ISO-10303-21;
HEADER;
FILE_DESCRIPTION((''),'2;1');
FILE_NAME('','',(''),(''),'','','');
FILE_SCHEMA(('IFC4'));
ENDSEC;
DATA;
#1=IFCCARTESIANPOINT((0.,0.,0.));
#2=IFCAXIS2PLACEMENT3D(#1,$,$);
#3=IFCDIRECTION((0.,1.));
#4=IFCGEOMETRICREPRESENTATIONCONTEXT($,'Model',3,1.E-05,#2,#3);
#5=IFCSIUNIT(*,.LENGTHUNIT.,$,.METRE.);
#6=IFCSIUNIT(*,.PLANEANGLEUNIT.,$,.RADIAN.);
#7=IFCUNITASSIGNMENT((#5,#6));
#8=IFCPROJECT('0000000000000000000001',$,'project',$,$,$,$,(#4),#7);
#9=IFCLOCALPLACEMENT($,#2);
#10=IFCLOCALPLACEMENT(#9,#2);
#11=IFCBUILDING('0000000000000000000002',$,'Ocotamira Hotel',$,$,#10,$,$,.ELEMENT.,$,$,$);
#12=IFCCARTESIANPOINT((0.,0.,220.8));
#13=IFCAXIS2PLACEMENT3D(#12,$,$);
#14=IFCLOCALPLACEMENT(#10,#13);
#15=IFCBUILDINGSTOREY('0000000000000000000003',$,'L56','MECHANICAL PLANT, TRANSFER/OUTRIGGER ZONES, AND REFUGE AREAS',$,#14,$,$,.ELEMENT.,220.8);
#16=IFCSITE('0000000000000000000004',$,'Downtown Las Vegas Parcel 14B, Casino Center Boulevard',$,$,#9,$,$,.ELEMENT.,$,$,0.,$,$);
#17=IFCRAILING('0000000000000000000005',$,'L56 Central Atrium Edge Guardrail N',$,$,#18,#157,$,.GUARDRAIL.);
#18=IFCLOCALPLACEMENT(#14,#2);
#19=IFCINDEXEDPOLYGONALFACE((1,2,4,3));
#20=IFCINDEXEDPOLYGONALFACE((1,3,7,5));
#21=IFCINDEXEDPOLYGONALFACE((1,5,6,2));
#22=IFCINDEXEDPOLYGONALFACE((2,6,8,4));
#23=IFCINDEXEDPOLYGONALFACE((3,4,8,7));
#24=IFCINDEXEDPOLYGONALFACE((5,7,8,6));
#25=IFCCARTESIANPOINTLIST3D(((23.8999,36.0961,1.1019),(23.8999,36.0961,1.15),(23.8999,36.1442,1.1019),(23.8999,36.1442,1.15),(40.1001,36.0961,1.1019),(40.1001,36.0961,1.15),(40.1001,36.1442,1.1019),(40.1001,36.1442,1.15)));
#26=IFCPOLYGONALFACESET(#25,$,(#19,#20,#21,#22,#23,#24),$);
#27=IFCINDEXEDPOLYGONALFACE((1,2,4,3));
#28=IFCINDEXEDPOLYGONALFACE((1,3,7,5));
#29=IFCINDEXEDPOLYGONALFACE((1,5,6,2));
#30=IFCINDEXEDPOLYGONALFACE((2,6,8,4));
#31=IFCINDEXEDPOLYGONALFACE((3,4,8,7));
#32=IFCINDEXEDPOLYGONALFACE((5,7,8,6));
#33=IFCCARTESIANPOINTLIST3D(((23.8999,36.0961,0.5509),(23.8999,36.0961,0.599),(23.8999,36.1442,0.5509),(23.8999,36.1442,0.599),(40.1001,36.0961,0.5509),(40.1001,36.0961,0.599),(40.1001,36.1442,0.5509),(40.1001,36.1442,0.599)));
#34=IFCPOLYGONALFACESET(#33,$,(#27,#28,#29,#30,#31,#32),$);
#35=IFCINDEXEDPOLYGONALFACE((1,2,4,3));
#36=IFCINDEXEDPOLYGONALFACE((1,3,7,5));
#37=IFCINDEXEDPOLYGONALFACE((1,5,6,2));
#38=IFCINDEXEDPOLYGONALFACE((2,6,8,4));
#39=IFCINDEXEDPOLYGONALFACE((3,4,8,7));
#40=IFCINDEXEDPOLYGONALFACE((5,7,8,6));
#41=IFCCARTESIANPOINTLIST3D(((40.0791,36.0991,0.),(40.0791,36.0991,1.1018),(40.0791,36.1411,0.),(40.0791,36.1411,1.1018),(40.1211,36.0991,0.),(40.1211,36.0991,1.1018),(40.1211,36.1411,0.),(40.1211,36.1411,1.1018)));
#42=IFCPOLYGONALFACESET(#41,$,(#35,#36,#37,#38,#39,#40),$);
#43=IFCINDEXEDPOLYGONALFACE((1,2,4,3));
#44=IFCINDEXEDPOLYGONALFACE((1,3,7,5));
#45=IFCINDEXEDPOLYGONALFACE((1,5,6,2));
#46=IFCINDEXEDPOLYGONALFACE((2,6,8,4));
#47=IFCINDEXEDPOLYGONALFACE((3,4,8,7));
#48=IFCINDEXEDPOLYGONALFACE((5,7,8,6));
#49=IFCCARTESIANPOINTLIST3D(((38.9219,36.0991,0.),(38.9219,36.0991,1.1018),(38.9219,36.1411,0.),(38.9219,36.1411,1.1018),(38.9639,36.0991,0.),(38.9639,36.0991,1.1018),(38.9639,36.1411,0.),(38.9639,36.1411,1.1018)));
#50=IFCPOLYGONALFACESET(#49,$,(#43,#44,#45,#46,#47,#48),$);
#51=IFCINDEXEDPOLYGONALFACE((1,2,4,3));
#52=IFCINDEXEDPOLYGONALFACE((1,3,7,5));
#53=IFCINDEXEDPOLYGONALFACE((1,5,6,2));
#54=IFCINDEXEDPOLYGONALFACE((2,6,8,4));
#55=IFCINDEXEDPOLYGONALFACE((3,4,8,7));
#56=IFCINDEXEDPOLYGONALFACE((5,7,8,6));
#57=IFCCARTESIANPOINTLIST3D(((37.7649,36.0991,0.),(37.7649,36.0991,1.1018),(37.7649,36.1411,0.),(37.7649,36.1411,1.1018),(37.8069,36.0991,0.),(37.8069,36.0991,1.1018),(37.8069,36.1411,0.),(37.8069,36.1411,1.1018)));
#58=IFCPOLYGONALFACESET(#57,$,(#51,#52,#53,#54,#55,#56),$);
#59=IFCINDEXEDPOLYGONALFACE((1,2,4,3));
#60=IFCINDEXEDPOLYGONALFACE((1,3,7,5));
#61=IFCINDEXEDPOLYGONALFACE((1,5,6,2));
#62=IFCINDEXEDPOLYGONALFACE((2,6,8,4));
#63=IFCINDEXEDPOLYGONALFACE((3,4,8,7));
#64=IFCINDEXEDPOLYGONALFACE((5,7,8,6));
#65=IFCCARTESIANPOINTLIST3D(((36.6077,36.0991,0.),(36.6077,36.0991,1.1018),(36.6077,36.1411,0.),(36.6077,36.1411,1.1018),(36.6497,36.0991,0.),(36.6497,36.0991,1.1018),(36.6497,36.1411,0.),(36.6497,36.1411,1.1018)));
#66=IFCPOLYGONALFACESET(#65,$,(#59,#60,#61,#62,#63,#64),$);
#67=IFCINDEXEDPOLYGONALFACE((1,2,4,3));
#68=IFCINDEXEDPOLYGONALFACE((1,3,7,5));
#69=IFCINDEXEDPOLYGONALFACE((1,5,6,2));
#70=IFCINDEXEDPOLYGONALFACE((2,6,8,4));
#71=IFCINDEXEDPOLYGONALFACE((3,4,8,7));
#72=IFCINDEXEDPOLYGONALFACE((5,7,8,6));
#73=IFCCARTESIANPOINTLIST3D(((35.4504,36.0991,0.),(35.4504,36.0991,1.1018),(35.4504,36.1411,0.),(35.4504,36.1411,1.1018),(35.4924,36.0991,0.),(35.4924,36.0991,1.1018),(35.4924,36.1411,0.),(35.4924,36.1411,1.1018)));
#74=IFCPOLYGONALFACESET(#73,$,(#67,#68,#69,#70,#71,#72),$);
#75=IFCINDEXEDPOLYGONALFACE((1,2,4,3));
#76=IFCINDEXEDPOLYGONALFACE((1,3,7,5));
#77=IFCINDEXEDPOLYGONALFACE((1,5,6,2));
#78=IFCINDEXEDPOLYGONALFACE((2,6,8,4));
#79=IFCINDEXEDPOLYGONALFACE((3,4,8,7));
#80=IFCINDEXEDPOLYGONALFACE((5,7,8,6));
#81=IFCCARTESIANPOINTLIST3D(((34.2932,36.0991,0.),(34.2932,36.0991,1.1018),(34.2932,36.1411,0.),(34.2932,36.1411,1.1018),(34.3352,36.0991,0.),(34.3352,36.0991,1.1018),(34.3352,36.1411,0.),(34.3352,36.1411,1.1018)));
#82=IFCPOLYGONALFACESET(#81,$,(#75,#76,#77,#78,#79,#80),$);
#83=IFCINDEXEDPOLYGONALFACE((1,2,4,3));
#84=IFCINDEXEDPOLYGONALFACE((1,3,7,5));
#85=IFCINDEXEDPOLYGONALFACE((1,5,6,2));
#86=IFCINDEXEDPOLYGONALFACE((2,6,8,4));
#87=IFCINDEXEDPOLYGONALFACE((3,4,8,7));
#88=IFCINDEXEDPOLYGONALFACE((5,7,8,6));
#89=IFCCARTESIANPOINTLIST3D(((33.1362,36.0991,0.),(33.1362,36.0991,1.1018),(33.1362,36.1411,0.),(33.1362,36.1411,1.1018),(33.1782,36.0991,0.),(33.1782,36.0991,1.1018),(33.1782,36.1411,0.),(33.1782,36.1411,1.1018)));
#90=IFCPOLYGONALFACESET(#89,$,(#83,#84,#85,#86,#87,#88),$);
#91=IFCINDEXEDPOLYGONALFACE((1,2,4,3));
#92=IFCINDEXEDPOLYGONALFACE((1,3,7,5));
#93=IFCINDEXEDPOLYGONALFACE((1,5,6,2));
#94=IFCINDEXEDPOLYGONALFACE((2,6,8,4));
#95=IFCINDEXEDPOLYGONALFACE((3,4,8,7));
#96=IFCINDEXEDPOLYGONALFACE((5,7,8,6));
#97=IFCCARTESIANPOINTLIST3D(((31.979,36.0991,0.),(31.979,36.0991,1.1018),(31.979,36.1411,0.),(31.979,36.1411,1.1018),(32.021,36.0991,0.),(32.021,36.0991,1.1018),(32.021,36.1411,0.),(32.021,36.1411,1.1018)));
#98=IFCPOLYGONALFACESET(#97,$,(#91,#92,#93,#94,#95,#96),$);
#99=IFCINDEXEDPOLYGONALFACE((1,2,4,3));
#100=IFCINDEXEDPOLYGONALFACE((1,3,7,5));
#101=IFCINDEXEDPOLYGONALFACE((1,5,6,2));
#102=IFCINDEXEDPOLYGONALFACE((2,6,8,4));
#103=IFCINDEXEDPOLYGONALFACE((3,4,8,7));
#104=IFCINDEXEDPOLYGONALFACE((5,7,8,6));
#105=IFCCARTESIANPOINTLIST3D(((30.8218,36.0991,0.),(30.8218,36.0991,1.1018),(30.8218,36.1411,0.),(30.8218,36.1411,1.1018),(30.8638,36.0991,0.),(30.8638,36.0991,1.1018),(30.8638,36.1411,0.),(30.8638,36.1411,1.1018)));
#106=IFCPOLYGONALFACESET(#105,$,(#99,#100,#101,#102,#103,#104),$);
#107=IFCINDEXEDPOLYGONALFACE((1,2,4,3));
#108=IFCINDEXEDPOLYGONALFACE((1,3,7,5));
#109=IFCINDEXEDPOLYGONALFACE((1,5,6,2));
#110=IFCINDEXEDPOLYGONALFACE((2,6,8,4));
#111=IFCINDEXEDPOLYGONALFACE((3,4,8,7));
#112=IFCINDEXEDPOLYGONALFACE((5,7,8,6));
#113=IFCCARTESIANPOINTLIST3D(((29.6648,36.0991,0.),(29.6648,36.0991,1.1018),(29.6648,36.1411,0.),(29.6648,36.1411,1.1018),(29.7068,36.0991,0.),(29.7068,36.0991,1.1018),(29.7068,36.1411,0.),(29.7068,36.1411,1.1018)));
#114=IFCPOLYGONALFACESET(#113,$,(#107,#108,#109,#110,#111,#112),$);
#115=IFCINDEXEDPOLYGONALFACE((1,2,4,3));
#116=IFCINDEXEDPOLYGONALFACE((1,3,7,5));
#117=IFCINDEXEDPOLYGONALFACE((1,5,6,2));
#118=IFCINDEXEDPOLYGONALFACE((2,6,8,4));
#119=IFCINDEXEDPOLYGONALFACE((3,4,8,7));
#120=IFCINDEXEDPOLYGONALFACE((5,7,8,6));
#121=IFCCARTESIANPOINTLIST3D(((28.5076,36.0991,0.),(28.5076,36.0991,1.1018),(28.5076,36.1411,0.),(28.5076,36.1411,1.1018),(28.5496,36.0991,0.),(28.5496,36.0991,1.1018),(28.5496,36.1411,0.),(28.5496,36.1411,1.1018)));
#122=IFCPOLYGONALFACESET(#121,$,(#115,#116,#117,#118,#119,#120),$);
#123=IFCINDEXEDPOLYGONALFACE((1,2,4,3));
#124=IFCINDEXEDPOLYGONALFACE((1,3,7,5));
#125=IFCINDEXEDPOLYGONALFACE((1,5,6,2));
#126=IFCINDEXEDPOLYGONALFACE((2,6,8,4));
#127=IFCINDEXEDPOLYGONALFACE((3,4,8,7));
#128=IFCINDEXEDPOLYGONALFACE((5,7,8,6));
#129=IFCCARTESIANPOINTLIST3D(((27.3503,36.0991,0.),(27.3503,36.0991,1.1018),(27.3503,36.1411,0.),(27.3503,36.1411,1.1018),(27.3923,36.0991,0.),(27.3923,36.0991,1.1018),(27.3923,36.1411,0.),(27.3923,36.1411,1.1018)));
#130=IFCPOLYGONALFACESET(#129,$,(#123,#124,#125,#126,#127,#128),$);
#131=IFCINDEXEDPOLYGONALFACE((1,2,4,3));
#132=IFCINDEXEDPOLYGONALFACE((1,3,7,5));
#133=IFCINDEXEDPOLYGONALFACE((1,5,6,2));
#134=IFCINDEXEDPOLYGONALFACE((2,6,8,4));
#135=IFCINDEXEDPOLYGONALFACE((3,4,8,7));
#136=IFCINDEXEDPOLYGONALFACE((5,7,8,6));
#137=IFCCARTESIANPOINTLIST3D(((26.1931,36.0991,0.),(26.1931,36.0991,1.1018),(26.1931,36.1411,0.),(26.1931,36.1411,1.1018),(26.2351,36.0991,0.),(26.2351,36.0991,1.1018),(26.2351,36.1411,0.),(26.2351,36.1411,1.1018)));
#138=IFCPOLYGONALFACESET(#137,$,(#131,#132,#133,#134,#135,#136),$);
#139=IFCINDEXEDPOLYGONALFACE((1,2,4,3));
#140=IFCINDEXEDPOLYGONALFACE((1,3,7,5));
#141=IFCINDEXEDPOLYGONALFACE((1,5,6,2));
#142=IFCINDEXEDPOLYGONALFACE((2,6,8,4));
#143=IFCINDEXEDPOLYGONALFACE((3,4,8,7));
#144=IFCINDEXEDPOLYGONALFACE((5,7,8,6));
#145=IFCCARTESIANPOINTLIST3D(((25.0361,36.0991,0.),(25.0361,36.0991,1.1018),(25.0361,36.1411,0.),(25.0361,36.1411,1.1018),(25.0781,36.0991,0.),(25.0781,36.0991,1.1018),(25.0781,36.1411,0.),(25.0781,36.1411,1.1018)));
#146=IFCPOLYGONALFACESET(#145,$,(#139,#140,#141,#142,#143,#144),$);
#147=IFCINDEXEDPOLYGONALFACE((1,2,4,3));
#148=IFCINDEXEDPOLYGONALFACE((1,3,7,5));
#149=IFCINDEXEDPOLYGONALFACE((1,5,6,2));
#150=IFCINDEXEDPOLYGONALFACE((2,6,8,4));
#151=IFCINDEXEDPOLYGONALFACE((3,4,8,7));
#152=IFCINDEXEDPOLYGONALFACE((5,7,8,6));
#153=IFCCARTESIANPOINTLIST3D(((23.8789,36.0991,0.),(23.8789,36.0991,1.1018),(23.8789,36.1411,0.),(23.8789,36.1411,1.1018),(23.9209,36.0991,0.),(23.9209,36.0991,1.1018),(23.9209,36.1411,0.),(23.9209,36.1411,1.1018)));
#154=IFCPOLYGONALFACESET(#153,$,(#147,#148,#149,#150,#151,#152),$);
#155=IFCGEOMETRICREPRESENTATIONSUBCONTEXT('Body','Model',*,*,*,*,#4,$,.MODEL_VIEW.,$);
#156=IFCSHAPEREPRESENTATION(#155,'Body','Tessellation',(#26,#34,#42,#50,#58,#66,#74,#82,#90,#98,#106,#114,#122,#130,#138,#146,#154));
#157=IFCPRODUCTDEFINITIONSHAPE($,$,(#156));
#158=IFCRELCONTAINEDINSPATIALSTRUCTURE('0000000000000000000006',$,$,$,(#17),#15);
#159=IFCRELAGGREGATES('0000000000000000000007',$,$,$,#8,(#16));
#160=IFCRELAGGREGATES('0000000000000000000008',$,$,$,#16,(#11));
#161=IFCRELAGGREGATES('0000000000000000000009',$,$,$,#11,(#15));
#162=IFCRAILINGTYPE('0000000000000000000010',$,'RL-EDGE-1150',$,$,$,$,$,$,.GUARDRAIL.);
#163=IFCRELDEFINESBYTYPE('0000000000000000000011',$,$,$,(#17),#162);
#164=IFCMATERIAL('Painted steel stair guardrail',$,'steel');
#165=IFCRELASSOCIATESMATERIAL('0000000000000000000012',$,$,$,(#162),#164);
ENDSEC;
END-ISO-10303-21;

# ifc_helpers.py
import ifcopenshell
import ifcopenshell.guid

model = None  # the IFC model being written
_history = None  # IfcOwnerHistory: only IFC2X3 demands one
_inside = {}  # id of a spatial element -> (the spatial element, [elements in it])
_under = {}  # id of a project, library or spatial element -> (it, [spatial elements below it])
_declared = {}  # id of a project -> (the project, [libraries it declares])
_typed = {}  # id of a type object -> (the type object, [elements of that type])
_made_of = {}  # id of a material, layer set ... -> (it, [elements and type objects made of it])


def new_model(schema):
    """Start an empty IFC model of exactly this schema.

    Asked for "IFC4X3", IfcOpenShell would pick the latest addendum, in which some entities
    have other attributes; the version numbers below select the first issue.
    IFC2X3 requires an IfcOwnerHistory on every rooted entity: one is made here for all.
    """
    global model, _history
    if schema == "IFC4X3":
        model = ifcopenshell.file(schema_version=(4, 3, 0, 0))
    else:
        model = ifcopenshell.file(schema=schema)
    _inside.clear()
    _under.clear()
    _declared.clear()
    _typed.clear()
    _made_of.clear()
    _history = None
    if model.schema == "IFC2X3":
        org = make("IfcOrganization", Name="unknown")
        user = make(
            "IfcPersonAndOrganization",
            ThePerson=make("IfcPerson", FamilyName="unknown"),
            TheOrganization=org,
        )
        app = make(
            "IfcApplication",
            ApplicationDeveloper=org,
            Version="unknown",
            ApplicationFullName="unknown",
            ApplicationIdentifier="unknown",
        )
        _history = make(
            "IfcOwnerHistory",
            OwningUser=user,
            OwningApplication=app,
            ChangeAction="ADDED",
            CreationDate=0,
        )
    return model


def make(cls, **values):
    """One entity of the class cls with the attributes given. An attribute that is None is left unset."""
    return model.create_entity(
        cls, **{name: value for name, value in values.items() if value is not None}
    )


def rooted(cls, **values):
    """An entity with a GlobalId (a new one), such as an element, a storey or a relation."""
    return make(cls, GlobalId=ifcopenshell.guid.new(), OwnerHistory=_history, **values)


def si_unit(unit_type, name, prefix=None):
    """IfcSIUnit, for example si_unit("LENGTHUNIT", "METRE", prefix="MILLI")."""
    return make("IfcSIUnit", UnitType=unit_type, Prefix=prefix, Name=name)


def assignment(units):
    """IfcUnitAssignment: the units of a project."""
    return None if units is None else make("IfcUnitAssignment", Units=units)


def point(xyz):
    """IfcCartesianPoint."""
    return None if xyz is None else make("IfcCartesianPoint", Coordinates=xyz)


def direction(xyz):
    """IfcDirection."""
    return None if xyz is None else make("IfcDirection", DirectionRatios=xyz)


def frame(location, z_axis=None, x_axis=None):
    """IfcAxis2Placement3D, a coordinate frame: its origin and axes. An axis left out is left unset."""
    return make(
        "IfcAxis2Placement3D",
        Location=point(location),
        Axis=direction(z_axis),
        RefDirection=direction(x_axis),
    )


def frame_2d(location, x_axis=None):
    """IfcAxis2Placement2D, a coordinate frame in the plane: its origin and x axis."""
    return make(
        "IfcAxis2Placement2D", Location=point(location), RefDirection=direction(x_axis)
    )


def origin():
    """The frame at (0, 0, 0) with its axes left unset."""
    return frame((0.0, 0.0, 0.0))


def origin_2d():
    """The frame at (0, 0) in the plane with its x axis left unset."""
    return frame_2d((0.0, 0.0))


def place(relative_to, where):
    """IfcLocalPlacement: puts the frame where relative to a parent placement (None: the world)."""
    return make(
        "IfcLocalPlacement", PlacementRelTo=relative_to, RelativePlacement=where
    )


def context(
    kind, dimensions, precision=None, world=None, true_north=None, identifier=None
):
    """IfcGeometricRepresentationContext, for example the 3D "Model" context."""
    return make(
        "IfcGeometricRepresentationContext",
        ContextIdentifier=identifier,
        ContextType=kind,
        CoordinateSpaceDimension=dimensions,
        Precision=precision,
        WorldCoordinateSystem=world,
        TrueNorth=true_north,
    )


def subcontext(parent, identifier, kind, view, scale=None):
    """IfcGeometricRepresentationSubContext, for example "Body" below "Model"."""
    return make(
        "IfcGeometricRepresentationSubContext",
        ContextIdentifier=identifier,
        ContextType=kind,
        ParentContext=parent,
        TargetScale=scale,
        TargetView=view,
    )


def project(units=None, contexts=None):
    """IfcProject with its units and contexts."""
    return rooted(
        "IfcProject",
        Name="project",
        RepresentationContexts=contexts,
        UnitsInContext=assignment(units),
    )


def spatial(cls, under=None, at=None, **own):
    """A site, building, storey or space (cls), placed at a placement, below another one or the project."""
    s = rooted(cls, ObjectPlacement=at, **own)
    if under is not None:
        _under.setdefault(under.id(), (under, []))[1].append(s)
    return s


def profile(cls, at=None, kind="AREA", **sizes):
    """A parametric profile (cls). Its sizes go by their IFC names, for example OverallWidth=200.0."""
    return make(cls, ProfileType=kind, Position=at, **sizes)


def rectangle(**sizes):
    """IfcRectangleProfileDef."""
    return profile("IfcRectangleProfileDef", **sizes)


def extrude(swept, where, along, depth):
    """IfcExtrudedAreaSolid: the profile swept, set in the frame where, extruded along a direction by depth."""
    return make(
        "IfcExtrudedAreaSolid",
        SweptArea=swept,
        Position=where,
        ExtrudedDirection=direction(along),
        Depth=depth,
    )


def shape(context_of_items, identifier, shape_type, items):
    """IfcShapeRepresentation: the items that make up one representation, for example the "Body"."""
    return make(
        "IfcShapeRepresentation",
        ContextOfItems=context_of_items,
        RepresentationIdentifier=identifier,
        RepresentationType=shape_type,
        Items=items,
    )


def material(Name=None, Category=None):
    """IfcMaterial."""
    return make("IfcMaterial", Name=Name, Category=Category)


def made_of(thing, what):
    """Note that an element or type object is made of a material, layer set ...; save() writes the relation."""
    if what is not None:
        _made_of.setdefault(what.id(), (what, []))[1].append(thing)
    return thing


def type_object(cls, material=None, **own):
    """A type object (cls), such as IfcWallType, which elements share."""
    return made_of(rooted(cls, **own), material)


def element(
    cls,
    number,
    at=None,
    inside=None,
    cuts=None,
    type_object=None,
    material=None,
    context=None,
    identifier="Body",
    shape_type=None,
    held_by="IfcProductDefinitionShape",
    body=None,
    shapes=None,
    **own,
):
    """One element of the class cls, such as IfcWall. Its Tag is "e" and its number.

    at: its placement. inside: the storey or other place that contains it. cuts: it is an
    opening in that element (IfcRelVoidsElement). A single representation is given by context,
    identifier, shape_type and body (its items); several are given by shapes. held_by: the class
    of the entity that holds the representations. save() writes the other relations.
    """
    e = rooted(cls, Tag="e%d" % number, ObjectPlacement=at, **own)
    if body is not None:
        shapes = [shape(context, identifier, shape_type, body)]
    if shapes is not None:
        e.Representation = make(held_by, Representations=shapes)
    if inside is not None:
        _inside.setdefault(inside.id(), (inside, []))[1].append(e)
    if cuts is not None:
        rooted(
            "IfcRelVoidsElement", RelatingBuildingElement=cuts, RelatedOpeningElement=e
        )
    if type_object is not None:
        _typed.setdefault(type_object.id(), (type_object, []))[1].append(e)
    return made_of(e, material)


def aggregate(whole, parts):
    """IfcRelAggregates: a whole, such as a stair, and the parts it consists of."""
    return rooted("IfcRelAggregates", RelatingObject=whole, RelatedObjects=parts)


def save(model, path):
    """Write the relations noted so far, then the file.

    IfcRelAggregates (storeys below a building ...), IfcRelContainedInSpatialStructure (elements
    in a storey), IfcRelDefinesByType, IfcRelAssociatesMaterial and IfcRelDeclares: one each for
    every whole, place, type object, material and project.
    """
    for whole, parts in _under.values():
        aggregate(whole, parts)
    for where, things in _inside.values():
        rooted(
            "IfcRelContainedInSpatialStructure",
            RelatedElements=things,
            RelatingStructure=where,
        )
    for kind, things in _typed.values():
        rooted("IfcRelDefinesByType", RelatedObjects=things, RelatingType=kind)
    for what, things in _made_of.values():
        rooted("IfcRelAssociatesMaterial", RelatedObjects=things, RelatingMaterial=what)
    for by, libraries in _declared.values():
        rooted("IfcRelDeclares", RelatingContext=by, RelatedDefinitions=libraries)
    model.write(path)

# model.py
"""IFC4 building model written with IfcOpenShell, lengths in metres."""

from ifc_helpers import new_model, si_unit, direction, frame, origin, origin_2d, place, context, subcontext, project, spatial, rectangle, extrude, material, type_object, element, save


model = new_model("IFC4")

# Units and contexts
model_context = context("Model", 3, precision=1e-05, world=origin(), true_north=direction((0.0, 1.0)))
body_context = subcontext(model_context, "Body", "Model", "MODEL_VIEW")
ifc_project = project(units=[si_unit("LENGTHUNIT", "METRE"), si_unit("PLANEANGLEUNIT", "RADIAN")], contexts=[model_context])

# Site, building, storey
site_placement = place(None, origin())
site = spatial("IfcSite", under=ifc_project, at=site_placement, Name="Downtown Las Vegas Parcel 14B, Casino Center Boulevard", CompositionType="ELEMENT", RefElevation=0.0)
building_placement = place(site_placement, origin())
building = spatial("IfcBuilding", under=site, at=building_placement, Name="Ocotamira Hotel", CompositionType="ELEMENT")
storey_placement = place(building_placement, frame((0.0, 0.0, 220.8)))
storey = spatial("IfcBuildingStorey", under=building, at=storey_placement, Name="L56", Description="MECHANICAL PLANT, TRANSFER/OUTRIGGER ZONES, AND REFUGE AREAS", CompositionType="ELEMENT", Elevation=220.8)

# Railing
ifc_material_1 = material(Name="Painted steel stair guardrail", Category="steel")
railing_type = type_object("IfcRailingType", Name="RL-EDGE-1150", PredefinedType="GUARDRAIL", material=ifc_material_1)
railing_1_placement = place(storey_placement, frame((40.1001, 36.1201, 0.0)))
element("IfcRailing", 1, at=railing_1_placement, inside=storey, type_object=railing_type, Name="L56 Central Atrium Edge Guardrail N", PredefinedType="GUARDRAIL", context=body_context, shape_type="SweptSolid", body=[
    extrude(rectangle(XDim=0.0481, YDim=0.0481, at=origin_2d()), frame((0.0, 0.0, 1.126), z_axis=(-1.0, 0.0, 0.0), x_axis=(0.0, -1.0, 0.0)), (0.0, 0.0, 1.0), 16.2002),
    extrude(rectangle(XDim=0.0481, YDim=0.0481, at=origin_2d()), frame((0.0, 0.0, 0.575), z_axis=(-1.0, 0.0, 0.0), x_axis=(0.0, -1.0, 0.0)), (0.0, 0.0, 1.0), 16.2002),
    extrude(rectangle(XDim=0.042, YDim=0.042, at=origin_2d()), origin(), (0.0, 0.0, 1.0), 1.1018),
    extrude(rectangle(XDim=0.042, YDim=0.042, at=origin_2d()), frame((-1.1572, 0.0, 0.0)), (0.0, 0.0, 1.0), 1.1018),
    extrude(rectangle(XDim=0.042, YDim=0.042, at=origin_2d()), frame((-2.3142, 0.0, 0.0)), (0.0, 0.0, 1.0), 1.1018),
    extrude(rectangle(XDim=0.042, YDim=0.042, at=origin_2d()), frame((-3.4714, 0.0, 0.0)), (0.0, 0.0, 1.0), 1.1018),
    extrude(rectangle(XDim=0.042, YDim=0.042, at=origin_2d()), frame((-4.6287, 0.0, 0.0)), (0.0, 0.0, 1.0), 1.1018),
    extrude(rectangle(XDim=0.042, YDim=0.042, at=origin_2d()), frame((-5.7859, 0.0, 0.0)), (0.0, 0.0, 1.0), 1.1018),
    extrude(rectangle(XDim=0.042, YDim=0.042, at=origin_2d()), frame((-6.9429, 0.0, 0.0)), (0.0, 0.0, 1.0), 1.1018),
    extrude(rectangle(XDim=0.042, YDim=0.042, at=origin_2d()), frame((-8.1001, 0.0, 0.0)), (0.0, 0.0, 1.0), 1.1018),
    extrude(rectangle(XDim=0.042, YDim=0.042, at=origin_2d()), frame((-9.2573, 0.0, 0.0)), (0.0, 0.0, 1.0), 1.1018),
    extrude(rectangle(XDim=0.042, YDim=0.042, at=origin_2d()), frame((-10.4143, 0.0, 0.0)), (0.0, 0.0, 1.0), 1.1018),
    extrude(rectangle(XDim=0.042, YDim=0.042, at=origin_2d()), frame((-11.5715, 0.0, 0.0)), (0.0, 0.0, 1.0), 1.1018),
    extrude(rectangle(XDim=0.042, YDim=0.042, at=origin_2d()), frame((-12.7288, 0.0, 0.0)), (0.0, 0.0, 1.0), 1.1018),
    extrude(rectangle(XDim=0.042, YDim=0.042, at=origin_2d()), frame((-13.886, 0.0, 0.0)), (0.0, 0.0, 1.0), 1.1018),
    extrude(rectangle(XDim=0.042, YDim=0.042, at=origin_2d()), frame((-15.043, 0.0, 0.0)), (0.0, 0.0, 1.0), 1.1018),
    extrude(rectangle(XDim=0.042, YDim=0.042, at=origin_2d()), frame((-16.2002, 0.0, 0.0)), (0.0, 0.0, 1.0), 1.1018),
])

save(model, "model.ifc")
